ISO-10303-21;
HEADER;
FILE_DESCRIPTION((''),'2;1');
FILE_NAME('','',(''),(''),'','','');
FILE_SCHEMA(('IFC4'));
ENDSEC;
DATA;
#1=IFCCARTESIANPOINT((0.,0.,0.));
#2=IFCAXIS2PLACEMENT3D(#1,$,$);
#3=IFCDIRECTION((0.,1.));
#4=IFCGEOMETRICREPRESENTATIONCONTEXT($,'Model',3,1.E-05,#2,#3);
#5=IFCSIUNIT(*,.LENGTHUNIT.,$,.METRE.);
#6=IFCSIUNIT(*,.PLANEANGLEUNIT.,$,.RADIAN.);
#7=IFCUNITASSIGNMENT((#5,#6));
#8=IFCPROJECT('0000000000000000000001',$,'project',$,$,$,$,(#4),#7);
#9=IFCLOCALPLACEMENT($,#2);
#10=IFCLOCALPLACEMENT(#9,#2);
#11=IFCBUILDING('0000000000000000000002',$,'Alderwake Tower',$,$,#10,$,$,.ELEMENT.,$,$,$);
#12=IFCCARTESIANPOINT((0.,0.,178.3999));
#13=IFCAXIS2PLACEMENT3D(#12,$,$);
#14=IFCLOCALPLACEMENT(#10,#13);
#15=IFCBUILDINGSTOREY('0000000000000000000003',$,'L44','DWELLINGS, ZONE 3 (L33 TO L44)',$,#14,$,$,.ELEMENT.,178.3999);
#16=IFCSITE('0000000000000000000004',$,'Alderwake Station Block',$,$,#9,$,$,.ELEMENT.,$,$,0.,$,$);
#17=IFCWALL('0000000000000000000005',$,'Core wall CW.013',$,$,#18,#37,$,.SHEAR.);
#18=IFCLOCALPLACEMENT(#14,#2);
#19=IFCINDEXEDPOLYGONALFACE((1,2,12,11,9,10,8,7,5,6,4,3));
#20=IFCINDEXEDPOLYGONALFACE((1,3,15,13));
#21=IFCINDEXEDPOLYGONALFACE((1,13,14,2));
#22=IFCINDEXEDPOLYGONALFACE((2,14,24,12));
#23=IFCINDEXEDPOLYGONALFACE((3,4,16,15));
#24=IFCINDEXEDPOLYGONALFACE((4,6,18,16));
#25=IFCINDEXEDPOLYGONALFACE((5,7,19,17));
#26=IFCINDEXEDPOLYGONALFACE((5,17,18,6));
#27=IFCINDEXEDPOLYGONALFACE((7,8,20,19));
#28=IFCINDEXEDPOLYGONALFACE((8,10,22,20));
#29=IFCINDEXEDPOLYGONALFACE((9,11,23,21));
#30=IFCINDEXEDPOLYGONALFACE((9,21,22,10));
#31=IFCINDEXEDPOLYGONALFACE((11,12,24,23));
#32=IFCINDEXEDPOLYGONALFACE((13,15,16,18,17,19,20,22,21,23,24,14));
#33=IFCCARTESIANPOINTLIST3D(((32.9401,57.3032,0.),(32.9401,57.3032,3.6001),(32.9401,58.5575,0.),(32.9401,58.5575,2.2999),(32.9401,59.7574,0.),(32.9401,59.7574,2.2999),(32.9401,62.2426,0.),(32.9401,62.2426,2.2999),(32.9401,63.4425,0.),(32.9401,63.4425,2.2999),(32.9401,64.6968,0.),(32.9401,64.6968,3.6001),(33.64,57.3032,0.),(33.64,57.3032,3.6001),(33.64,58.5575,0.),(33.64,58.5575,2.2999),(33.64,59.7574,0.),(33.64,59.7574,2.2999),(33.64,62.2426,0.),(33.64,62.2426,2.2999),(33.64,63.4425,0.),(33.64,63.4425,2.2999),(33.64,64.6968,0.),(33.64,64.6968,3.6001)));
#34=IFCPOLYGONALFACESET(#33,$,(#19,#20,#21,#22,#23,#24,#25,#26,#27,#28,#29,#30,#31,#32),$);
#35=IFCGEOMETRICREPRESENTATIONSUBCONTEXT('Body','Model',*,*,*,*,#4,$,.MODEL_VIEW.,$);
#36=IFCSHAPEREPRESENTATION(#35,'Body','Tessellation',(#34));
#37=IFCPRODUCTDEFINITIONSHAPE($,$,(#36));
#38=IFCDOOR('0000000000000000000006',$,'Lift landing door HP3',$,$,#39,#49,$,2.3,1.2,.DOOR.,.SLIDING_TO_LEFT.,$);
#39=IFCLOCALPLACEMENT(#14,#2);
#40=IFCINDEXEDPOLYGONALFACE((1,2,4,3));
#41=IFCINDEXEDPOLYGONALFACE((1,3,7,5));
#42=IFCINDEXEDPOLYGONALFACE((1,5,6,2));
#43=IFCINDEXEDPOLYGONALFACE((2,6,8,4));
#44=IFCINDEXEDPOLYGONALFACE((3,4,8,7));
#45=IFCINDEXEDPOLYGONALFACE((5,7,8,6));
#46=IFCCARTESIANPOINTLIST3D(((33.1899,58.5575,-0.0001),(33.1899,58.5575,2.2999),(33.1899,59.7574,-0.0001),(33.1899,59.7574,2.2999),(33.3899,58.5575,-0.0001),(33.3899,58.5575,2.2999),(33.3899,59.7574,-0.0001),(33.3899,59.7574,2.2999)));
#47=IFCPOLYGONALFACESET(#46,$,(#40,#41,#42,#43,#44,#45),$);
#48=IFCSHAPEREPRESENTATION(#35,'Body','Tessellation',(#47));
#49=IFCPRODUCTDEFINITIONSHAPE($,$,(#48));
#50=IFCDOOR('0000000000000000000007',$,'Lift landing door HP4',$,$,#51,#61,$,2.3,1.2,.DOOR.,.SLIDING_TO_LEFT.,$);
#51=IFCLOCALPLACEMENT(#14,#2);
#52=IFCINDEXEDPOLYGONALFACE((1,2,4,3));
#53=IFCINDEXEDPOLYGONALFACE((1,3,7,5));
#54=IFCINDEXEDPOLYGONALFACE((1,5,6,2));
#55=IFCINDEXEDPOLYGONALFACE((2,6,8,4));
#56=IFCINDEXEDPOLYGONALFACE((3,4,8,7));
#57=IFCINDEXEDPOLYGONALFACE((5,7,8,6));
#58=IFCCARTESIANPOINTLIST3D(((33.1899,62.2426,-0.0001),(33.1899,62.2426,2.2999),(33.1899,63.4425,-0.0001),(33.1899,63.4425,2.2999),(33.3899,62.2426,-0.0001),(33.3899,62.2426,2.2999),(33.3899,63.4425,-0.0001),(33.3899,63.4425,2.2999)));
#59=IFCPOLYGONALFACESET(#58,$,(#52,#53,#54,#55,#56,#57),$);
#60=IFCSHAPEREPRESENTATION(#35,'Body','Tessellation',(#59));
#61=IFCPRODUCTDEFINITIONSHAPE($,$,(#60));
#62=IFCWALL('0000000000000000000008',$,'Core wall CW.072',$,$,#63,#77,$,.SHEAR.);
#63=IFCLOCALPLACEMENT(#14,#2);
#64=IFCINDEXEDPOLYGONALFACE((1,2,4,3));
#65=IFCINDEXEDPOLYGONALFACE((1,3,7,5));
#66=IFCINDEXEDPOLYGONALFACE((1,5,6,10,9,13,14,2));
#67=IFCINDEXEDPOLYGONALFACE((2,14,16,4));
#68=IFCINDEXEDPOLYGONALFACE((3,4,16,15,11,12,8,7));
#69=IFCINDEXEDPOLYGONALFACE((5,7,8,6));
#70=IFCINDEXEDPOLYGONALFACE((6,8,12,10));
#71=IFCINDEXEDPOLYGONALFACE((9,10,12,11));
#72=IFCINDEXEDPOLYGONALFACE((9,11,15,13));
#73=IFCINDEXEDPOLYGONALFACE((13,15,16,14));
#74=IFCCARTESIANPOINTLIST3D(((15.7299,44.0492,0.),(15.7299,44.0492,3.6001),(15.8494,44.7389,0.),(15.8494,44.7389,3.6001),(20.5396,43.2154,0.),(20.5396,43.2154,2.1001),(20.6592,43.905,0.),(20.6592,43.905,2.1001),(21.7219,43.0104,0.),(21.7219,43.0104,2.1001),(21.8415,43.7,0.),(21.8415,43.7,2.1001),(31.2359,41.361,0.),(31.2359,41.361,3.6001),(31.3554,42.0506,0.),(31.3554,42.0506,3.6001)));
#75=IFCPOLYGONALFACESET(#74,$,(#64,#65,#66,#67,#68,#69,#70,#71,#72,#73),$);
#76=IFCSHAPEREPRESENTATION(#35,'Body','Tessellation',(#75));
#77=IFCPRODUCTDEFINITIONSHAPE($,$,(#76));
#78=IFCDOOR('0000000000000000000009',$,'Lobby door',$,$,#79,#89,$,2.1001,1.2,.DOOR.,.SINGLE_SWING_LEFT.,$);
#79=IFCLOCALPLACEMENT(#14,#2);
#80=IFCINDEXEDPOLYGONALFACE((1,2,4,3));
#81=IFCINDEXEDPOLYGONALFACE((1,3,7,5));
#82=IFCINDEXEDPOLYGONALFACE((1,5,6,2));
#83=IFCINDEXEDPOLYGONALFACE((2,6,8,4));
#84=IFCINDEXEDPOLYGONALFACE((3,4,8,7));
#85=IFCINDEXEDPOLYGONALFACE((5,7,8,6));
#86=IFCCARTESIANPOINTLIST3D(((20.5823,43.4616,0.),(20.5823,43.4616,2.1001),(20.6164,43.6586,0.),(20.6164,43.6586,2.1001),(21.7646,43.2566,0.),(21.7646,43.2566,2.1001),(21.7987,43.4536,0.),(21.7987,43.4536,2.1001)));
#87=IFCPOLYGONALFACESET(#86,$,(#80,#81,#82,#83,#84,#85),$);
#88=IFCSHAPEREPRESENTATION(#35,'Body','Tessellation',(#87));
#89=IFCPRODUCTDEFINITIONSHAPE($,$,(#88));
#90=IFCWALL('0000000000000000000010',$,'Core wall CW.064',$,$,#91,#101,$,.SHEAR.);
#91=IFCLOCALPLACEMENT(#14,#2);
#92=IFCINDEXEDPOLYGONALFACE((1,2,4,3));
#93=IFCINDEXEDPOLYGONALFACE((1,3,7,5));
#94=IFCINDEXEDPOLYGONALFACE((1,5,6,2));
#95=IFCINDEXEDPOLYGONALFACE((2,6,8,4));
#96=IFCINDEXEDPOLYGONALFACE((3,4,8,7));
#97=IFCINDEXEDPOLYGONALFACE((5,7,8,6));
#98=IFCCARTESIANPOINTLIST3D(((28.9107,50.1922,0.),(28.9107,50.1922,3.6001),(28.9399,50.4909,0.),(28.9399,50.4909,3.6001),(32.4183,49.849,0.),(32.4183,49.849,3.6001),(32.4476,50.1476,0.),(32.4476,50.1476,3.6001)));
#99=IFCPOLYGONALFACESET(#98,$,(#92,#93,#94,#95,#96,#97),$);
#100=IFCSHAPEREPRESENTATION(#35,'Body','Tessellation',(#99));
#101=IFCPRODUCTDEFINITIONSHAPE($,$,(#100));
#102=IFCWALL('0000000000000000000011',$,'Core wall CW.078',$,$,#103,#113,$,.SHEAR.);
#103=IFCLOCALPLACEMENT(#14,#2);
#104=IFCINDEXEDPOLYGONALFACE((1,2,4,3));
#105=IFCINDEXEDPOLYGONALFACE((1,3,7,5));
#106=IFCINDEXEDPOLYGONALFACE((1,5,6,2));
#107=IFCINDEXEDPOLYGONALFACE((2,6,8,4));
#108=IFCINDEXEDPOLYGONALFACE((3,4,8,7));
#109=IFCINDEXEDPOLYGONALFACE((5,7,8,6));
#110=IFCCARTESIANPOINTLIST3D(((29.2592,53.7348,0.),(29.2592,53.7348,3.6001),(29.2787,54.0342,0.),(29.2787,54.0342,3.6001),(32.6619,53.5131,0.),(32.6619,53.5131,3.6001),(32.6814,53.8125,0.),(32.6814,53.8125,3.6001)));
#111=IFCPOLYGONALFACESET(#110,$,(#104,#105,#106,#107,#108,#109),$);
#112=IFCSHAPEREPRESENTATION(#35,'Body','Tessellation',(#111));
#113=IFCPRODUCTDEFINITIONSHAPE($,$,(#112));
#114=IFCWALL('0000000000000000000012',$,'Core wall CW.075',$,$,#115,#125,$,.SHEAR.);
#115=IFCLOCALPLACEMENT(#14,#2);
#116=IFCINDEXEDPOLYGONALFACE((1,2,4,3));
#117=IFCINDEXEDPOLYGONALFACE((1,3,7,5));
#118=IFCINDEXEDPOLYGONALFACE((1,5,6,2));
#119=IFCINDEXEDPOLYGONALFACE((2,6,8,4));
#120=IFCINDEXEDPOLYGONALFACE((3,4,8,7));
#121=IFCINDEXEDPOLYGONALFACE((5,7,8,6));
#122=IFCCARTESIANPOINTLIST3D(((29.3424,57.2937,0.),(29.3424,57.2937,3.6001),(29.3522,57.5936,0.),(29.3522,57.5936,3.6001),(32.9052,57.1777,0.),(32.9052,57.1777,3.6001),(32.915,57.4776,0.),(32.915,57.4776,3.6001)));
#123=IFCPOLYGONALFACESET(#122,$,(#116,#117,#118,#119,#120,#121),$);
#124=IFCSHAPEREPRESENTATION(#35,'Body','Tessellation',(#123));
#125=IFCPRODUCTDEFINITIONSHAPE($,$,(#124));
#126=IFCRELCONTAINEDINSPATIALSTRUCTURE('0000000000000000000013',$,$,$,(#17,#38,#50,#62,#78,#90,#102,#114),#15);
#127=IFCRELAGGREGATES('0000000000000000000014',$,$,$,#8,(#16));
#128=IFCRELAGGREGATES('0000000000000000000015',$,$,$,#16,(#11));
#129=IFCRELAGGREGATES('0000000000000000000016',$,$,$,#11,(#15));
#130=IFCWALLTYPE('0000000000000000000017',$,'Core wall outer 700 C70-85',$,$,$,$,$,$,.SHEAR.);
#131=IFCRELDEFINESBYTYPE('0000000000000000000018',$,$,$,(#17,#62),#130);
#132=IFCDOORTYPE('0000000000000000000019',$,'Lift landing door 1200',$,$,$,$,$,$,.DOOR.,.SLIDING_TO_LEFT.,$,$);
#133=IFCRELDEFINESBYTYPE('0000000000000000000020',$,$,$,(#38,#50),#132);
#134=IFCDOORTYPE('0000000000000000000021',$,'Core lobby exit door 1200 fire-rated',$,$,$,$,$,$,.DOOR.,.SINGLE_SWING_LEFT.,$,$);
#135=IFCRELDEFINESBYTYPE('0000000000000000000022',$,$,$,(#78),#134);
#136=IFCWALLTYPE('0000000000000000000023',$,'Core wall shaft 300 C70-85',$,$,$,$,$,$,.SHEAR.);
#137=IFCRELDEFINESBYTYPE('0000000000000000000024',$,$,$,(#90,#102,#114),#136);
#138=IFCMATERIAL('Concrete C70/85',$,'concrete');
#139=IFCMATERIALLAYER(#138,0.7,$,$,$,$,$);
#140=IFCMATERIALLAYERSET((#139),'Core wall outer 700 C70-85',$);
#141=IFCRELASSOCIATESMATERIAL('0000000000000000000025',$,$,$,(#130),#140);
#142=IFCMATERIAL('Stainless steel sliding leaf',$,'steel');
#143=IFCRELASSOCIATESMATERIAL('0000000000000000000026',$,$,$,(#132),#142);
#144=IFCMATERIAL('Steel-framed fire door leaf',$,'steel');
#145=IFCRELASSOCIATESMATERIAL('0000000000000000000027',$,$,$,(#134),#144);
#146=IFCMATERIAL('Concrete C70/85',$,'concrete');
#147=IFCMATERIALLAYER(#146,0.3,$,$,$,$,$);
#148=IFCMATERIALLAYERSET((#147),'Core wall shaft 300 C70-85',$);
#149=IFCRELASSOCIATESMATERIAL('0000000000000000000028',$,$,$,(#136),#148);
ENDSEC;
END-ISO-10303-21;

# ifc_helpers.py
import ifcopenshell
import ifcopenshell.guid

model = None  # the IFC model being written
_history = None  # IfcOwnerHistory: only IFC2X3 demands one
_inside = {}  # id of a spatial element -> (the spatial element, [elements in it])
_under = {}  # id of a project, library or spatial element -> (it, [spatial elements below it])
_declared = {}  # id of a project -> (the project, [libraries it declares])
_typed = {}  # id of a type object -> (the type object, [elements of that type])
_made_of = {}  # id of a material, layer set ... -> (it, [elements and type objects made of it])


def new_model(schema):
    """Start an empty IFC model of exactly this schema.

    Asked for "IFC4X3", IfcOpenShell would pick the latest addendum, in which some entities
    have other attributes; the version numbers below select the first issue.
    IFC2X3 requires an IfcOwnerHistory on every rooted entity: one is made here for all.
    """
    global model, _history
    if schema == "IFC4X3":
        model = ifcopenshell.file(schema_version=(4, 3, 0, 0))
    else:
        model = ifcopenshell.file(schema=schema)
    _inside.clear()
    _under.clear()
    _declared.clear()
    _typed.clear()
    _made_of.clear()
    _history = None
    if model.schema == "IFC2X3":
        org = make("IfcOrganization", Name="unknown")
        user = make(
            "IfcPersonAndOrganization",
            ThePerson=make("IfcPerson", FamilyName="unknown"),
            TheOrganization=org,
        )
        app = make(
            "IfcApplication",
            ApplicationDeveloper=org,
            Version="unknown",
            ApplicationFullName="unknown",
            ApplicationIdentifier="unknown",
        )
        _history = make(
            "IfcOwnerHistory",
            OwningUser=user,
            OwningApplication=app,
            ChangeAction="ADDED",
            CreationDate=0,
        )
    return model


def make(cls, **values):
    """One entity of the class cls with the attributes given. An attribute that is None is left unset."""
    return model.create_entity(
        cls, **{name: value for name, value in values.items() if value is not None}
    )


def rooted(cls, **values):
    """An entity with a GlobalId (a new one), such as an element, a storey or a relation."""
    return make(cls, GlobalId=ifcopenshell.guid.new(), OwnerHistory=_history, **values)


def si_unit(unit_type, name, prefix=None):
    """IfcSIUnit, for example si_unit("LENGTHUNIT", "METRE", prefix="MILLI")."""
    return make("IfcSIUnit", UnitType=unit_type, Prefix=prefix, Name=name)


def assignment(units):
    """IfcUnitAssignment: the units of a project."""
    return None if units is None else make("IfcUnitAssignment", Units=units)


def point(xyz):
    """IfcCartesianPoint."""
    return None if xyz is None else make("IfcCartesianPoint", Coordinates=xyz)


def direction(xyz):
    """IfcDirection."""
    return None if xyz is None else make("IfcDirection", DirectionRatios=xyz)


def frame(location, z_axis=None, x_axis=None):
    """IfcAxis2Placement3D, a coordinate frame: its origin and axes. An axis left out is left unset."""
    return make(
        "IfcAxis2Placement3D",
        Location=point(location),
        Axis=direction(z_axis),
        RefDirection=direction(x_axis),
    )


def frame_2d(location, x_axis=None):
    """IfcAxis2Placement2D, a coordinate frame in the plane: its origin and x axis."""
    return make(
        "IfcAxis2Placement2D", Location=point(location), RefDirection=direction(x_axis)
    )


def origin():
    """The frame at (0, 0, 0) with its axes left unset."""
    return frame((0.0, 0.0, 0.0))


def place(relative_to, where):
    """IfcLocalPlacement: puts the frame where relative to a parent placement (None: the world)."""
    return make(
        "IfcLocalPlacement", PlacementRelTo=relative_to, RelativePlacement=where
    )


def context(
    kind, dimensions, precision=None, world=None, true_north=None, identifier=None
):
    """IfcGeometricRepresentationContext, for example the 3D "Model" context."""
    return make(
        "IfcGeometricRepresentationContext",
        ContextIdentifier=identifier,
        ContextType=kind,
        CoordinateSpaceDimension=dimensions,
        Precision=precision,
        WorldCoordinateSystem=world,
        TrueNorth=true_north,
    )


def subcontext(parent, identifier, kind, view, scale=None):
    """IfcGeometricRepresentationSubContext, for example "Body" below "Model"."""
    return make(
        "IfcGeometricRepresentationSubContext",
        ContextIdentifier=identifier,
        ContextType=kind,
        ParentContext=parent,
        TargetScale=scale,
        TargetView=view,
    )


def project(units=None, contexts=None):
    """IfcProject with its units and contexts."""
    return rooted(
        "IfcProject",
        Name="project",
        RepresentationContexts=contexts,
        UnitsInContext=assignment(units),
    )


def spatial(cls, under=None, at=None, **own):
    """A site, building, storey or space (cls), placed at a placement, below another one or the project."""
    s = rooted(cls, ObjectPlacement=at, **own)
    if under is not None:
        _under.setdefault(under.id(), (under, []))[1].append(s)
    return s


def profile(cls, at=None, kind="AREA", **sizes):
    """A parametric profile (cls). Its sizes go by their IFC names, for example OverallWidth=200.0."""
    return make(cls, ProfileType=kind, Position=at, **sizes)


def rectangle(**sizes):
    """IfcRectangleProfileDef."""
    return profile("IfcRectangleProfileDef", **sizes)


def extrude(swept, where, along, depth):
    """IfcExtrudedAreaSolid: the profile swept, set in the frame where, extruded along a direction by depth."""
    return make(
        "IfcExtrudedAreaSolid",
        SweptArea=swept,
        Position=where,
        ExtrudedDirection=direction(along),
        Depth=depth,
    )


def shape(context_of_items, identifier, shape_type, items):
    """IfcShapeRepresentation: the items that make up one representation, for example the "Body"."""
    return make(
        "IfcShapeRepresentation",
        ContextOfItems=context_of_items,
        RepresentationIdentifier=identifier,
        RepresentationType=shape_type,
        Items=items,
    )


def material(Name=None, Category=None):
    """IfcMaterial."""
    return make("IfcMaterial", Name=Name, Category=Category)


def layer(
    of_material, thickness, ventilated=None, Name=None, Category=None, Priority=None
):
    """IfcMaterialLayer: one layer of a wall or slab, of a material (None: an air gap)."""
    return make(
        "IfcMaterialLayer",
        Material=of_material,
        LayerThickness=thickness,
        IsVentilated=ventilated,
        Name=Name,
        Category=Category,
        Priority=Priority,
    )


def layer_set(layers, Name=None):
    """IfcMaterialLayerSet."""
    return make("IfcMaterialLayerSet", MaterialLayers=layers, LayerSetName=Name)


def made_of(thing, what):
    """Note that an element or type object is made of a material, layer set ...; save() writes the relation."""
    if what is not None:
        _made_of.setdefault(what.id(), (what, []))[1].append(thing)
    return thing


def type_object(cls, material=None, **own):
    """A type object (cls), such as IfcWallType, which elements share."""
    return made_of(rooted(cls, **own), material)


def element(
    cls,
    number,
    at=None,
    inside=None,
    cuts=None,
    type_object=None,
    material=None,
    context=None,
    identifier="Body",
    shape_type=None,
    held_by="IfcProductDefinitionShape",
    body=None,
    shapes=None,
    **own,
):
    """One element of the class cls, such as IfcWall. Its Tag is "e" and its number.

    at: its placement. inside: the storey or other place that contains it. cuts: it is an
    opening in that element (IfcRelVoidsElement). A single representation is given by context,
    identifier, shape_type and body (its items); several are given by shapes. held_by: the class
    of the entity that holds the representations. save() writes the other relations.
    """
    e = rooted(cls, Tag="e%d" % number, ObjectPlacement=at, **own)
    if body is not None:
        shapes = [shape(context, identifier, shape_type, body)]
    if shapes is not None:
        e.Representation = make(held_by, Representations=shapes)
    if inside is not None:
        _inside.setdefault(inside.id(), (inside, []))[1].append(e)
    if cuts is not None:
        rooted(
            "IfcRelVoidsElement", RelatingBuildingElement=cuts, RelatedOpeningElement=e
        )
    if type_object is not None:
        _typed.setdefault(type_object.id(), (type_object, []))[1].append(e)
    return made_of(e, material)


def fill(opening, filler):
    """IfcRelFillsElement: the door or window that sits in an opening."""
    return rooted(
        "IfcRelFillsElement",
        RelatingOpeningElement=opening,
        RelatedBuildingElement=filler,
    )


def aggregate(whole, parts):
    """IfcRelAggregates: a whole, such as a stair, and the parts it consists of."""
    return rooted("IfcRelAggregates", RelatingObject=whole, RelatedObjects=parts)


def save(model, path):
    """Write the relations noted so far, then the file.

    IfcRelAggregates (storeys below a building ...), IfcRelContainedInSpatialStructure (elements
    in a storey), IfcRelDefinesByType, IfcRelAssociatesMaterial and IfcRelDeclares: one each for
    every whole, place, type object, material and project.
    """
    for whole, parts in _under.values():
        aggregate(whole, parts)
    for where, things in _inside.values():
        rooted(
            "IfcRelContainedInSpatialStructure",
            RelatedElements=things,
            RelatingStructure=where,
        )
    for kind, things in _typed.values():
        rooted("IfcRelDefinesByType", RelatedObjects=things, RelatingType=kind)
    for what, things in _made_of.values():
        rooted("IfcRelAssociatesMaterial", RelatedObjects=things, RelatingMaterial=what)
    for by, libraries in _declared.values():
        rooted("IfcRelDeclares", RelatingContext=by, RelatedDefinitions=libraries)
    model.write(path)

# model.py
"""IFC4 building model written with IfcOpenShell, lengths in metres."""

from ifc_helpers import new_model, si_unit, direction, frame, frame_2d, origin, place, context, subcontext, project, spatial, rectangle, extrude, material, layer, layer_set, type_object, element, fill, save


model = new_model("IFC4")

# Units and contexts
model_context = context("Model", 3, precision=1e-05, world=origin(), true_north=direction((0.0, 1.0)))
body_context = subcontext(model_context, "Body", "Model", "MODEL_VIEW")
ifc_project = project(units=[si_unit("LENGTHUNIT", "METRE"), si_unit("PLANEANGLEUNIT", "RADIAN")], contexts=[model_context])

# Site, building, storey
site_placement = place(None, origin())
site = spatial("IfcSite", under=ifc_project, at=site_placement, Name="Alderwake Station Block", CompositionType="ELEMENT", RefElevation=0.0)
building_placement = place(site_placement, origin())
building = spatial("IfcBuilding", under=site, at=building_placement, Name="Alderwake Tower", CompositionType="ELEMENT")
storey_placement = place(building_placement, frame((0.0, 0.0, 178.3999)))
storey = spatial("IfcBuildingStorey", under=building, at=storey_placement, Name="L44", Description="DWELLINGS, ZONE 3 (L33 TO L44)", CompositionType="ELEMENT", Elevation=178.3999)

# Shared definitions
ifc_material_1 = material(Name="Concrete C70/85", Category="concrete")
ifc_layer_1 = layer(ifc_material_1, 0.7)
ifc_layer_set_1 = layer_set([ifc_layer_1], Name="Core wall outer 700 C70-85")
wall_type_1 = type_object("IfcWallType", Name="Core wall outer 700 C70-85", PredefinedType="SHEAR", material=ifc_layer_set_1)

# Wall, openings, doors
ifc_material_2 = material(Name="Stainless steel sliding leaf", Category="steel")
door_type_1 = type_object("IfcDoorType", Name="Lift landing door 1200", OperationType="SLIDING_TO_LEFT", PredefinedType="DOOR", material=ifc_material_2)
wall_1_placement = place(storey_placement, frame((33.29, 57.3032, 0.0), z_axis=(0.0, 0.0, 1.0), x_axis=(0.0, 1.0, 0.0)))
wall_1 = element("IfcWall", 1, at=wall_1_placement, inside=storey, type_object=wall_type_1, Name="Core wall CW.013", PredefinedType="SHEAR", context=body_context, shape_type="SweptSolid", body=[
    extrude(rectangle(XDim=7.3936, YDim=0.7, at=frame_2d((3.6968, 0.0))), origin(), (0.0, 0.0, 1.0), 3.6001),
])
opening_1_placement = place(wall_1_placement, frame((1.2542, 0.0, 0.0)))
opening_1 = element("IfcOpeningElement", 2, at=opening_1_placement, cuts=wall_1, PredefinedType="OPENING", context=body_context, shape_type="SweptSolid", body=[
    extrude(rectangle(XDim=1.2, YDim=2.3, at=frame_2d((0.6001, 1.1499))), frame((0.0, 0.3599, 0.0), z_axis=(0.0, -1.0, 0.0), x_axis=(1.0, 0.0, 0.0)), (0.0, 0.0, 1.0), 0.72),
])
opening_2_placement = place(wall_1_placement, frame((4.9392, 0.0, 0.0)))
opening_2 = element("IfcOpeningElement", 3, at=opening_2_placement, cuts=wall_1, PredefinedType="OPENING", context=body_context, shape_type="SweptSolid", body=[
    extrude(rectangle(XDim=1.2, YDim=2.3, at=frame_2d((0.6001, 1.1499))), frame((0.0, 0.3599, 0.0), z_axis=(0.0, -1.0, 0.0), x_axis=(1.0, 0.0, 0.0)), (0.0, 0.0, 1.0), 0.72),
])
door_1_placement = place(opening_1_placement, origin())
door_1 = element("IfcDoor", 4, at=door_1_placement, inside=storey, type_object=door_type_1, Name="Lift landing door HP3", OperationType="SLIDING_TO_LEFT", OverallHeight=2.3, OverallWidth=1.2, PredefinedType="DOOR", context=body_context, shape_type="SweptSolid", body=[
    extrude(rectangle(XDim=1.2, YDim=2.3, at=frame_2d((0.6001, 1.1499))), frame((0.0, 0.1001, 0.0), z_axis=(0.0, -1.0, 0.0), x_axis=(1.0, 0.0, 0.0)), (0.0, 0.0, 1.0), 0.2),
])
fill(opening_1, door_1)
door_2_placement = place(opening_2_placement, origin())
door_2 = element("IfcDoor", 5, at=door_2_placement, inside=storey, type_object=door_type_1, Name="Lift landing door HP4", OperationType="SLIDING_TO_LEFT", OverallHeight=2.3, OverallWidth=1.2, PredefinedType="DOOR", context=body_context, shape_type="SweptSolid", body=[
    extrude(rectangle(XDim=1.2, YDim=2.3, at=frame_2d((0.6001, 1.1499))), frame((0.0, 0.1001, 0.0), z_axis=(0.0, -1.0, 0.0), x_axis=(1.0, 0.0, 0.0)), (0.0, 0.0, 1.0), 0.2),
])
fill(opening_2, door_2)

# Wall, opening, door
wall_2_placement = place(storey_placement, frame((31.2957, 41.7058, 0.0), z_axis=(0.0, 0.0, 1.0), x_axis=(-0.985303, 0.170818, 0.0)))
wall_2 = element("IfcWall", 6, at=wall_2_placement, inside=storey, type_object=wall_type_1, Name="Core wall CW.072", PredefinedType="SHEAR", context=body_context, shape_type="SweptSolid", body=[
    extrude(rectangle(XDim=15.7373, YDim=0.7, at=frame_2d((7.8687, 0.0))), origin(), (0.0, 0.0, 1.0), 3.6001),
])
opening_3_placement = place(wall_2_placement, frame((9.6558, 0.0, 0.0)))
opening_3 = element("IfcOpeningElement", 7, at=opening_3_placement, cuts=wall_2, PredefinedType="OPENING", context=body_context, shape_type="SweptSolid", body=[
    extrude(rectangle(XDim=1.2, YDim=2.1001, at=frame_2d((0.6001, 1.05))), frame((0.0, 0.3599, 0.0), z_axis=(0.0, -1.0, 0.0), x_axis=(1.0, 0.0, 0.0)), (0.0, 0.0, 1.0), 0.72),
])
ifc_material_3 = material(Name="Steel-framed fire door leaf", Category="steel")
door_type_2 = type_object("IfcDoorType", Name="Core lobby exit door 1200 fire-rated", OperationType="SINGLE_SWING_LEFT", PredefinedType="DOOR", material=ifc_material_3)
door_3_placement = place(opening_3_placement, origin())
door_3 = element("IfcDoor", 8, at=door_3_placement, inside=storey, type_object=door_type_2, Name="Lobby door", OperationType="SINGLE_SWING_LEFT", OverallHeight=2.1001, OverallWidth=1.2, PredefinedType="DOOR", context=body_context, shape_type="SweptSolid", body=[
    extrude(rectangle(XDim=1.2, YDim=2.1001, at=frame_2d((0.6001, 1.05))), frame((0.0, 0.1001, 0.0), z_axis=(0.0, -1.0, 0.0), x_axis=(1.0, 0.0, 0.0)), (0.0, 0.0, 1.0), 0.2),
])
fill(opening_3, door_3)

# Walls
ifc_material_4 = material(Name="Concrete C70/85", Category="concrete")
ifc_layer_2 = layer(ifc_material_4, 0.3)
ifc_layer_set_2 = layer_set([ifc_layer_2], Name="Core wall shaft 300 C70-85")
wall_type_2 = type_object("IfcWallType", Name="Core wall shaft 300 C70-85", PredefinedType="SHEAR", material=ifc_layer_set_2)
wall_3_placement = place(storey_placement, frame((28.9253, 50.3416, 0.0), z_axis=(0.0, 0.0, 1.0), x_axis=(0.995246, -0.097398, 0.0)))
element("IfcWall", 9, at=wall_3_placement, inside=storey, type_object=wall_type_2, Name="Core wall CW.064", PredefinedType="SHEAR", context=body_context, shape_type="SweptSolid", body=[
    extrude(rectangle(XDim=3.5244, YDim=0.3, at=frame_2d((1.7622, 0.0))), origin(), (0.0, 0.0, 1.0), 3.6001),
])
wall_4_placement = place(storey_placement, frame((29.2688, 53.8845, 0.0), z_axis=(0.0, 0.0, 1.0), x_axis=(0.997884, -0.065012, 0.0)))
element("IfcWall", 10, at=wall_4_placement, inside=storey, type_object=wall_type_2, Name="Core wall CW.078", PredefinedType="SHEAR", context=body_context, shape_type="SweptSolid", body=[
    extrude(rectangle(XDim=3.4099, YDim=0.3, at=frame_2d((1.7051, 0.0))), origin(), (0.0, 0.0, 1.0), 3.6001),
])
wall_5_placement = place(storey_placement, frame((29.3474, 57.4436, 0.0), z_axis=(0.0, 0.0, 1.0), x_axis=(0.999471, -0.032533, 0.0)))
element("IfcWall", 11, at=wall_5_placement, inside=storey, type_object=wall_type_2, Name="Core wall CW.075", PredefinedType="SHEAR", context=body_context, shape_type="SweptSolid", body=[
    extrude(rectangle(XDim=3.5647, YDim=0.3, at=frame_2d((1.7822, 0.0))), origin(), (0.0, 0.0, 1.0), 3.6001),
])

save(model, "model.ifc")
